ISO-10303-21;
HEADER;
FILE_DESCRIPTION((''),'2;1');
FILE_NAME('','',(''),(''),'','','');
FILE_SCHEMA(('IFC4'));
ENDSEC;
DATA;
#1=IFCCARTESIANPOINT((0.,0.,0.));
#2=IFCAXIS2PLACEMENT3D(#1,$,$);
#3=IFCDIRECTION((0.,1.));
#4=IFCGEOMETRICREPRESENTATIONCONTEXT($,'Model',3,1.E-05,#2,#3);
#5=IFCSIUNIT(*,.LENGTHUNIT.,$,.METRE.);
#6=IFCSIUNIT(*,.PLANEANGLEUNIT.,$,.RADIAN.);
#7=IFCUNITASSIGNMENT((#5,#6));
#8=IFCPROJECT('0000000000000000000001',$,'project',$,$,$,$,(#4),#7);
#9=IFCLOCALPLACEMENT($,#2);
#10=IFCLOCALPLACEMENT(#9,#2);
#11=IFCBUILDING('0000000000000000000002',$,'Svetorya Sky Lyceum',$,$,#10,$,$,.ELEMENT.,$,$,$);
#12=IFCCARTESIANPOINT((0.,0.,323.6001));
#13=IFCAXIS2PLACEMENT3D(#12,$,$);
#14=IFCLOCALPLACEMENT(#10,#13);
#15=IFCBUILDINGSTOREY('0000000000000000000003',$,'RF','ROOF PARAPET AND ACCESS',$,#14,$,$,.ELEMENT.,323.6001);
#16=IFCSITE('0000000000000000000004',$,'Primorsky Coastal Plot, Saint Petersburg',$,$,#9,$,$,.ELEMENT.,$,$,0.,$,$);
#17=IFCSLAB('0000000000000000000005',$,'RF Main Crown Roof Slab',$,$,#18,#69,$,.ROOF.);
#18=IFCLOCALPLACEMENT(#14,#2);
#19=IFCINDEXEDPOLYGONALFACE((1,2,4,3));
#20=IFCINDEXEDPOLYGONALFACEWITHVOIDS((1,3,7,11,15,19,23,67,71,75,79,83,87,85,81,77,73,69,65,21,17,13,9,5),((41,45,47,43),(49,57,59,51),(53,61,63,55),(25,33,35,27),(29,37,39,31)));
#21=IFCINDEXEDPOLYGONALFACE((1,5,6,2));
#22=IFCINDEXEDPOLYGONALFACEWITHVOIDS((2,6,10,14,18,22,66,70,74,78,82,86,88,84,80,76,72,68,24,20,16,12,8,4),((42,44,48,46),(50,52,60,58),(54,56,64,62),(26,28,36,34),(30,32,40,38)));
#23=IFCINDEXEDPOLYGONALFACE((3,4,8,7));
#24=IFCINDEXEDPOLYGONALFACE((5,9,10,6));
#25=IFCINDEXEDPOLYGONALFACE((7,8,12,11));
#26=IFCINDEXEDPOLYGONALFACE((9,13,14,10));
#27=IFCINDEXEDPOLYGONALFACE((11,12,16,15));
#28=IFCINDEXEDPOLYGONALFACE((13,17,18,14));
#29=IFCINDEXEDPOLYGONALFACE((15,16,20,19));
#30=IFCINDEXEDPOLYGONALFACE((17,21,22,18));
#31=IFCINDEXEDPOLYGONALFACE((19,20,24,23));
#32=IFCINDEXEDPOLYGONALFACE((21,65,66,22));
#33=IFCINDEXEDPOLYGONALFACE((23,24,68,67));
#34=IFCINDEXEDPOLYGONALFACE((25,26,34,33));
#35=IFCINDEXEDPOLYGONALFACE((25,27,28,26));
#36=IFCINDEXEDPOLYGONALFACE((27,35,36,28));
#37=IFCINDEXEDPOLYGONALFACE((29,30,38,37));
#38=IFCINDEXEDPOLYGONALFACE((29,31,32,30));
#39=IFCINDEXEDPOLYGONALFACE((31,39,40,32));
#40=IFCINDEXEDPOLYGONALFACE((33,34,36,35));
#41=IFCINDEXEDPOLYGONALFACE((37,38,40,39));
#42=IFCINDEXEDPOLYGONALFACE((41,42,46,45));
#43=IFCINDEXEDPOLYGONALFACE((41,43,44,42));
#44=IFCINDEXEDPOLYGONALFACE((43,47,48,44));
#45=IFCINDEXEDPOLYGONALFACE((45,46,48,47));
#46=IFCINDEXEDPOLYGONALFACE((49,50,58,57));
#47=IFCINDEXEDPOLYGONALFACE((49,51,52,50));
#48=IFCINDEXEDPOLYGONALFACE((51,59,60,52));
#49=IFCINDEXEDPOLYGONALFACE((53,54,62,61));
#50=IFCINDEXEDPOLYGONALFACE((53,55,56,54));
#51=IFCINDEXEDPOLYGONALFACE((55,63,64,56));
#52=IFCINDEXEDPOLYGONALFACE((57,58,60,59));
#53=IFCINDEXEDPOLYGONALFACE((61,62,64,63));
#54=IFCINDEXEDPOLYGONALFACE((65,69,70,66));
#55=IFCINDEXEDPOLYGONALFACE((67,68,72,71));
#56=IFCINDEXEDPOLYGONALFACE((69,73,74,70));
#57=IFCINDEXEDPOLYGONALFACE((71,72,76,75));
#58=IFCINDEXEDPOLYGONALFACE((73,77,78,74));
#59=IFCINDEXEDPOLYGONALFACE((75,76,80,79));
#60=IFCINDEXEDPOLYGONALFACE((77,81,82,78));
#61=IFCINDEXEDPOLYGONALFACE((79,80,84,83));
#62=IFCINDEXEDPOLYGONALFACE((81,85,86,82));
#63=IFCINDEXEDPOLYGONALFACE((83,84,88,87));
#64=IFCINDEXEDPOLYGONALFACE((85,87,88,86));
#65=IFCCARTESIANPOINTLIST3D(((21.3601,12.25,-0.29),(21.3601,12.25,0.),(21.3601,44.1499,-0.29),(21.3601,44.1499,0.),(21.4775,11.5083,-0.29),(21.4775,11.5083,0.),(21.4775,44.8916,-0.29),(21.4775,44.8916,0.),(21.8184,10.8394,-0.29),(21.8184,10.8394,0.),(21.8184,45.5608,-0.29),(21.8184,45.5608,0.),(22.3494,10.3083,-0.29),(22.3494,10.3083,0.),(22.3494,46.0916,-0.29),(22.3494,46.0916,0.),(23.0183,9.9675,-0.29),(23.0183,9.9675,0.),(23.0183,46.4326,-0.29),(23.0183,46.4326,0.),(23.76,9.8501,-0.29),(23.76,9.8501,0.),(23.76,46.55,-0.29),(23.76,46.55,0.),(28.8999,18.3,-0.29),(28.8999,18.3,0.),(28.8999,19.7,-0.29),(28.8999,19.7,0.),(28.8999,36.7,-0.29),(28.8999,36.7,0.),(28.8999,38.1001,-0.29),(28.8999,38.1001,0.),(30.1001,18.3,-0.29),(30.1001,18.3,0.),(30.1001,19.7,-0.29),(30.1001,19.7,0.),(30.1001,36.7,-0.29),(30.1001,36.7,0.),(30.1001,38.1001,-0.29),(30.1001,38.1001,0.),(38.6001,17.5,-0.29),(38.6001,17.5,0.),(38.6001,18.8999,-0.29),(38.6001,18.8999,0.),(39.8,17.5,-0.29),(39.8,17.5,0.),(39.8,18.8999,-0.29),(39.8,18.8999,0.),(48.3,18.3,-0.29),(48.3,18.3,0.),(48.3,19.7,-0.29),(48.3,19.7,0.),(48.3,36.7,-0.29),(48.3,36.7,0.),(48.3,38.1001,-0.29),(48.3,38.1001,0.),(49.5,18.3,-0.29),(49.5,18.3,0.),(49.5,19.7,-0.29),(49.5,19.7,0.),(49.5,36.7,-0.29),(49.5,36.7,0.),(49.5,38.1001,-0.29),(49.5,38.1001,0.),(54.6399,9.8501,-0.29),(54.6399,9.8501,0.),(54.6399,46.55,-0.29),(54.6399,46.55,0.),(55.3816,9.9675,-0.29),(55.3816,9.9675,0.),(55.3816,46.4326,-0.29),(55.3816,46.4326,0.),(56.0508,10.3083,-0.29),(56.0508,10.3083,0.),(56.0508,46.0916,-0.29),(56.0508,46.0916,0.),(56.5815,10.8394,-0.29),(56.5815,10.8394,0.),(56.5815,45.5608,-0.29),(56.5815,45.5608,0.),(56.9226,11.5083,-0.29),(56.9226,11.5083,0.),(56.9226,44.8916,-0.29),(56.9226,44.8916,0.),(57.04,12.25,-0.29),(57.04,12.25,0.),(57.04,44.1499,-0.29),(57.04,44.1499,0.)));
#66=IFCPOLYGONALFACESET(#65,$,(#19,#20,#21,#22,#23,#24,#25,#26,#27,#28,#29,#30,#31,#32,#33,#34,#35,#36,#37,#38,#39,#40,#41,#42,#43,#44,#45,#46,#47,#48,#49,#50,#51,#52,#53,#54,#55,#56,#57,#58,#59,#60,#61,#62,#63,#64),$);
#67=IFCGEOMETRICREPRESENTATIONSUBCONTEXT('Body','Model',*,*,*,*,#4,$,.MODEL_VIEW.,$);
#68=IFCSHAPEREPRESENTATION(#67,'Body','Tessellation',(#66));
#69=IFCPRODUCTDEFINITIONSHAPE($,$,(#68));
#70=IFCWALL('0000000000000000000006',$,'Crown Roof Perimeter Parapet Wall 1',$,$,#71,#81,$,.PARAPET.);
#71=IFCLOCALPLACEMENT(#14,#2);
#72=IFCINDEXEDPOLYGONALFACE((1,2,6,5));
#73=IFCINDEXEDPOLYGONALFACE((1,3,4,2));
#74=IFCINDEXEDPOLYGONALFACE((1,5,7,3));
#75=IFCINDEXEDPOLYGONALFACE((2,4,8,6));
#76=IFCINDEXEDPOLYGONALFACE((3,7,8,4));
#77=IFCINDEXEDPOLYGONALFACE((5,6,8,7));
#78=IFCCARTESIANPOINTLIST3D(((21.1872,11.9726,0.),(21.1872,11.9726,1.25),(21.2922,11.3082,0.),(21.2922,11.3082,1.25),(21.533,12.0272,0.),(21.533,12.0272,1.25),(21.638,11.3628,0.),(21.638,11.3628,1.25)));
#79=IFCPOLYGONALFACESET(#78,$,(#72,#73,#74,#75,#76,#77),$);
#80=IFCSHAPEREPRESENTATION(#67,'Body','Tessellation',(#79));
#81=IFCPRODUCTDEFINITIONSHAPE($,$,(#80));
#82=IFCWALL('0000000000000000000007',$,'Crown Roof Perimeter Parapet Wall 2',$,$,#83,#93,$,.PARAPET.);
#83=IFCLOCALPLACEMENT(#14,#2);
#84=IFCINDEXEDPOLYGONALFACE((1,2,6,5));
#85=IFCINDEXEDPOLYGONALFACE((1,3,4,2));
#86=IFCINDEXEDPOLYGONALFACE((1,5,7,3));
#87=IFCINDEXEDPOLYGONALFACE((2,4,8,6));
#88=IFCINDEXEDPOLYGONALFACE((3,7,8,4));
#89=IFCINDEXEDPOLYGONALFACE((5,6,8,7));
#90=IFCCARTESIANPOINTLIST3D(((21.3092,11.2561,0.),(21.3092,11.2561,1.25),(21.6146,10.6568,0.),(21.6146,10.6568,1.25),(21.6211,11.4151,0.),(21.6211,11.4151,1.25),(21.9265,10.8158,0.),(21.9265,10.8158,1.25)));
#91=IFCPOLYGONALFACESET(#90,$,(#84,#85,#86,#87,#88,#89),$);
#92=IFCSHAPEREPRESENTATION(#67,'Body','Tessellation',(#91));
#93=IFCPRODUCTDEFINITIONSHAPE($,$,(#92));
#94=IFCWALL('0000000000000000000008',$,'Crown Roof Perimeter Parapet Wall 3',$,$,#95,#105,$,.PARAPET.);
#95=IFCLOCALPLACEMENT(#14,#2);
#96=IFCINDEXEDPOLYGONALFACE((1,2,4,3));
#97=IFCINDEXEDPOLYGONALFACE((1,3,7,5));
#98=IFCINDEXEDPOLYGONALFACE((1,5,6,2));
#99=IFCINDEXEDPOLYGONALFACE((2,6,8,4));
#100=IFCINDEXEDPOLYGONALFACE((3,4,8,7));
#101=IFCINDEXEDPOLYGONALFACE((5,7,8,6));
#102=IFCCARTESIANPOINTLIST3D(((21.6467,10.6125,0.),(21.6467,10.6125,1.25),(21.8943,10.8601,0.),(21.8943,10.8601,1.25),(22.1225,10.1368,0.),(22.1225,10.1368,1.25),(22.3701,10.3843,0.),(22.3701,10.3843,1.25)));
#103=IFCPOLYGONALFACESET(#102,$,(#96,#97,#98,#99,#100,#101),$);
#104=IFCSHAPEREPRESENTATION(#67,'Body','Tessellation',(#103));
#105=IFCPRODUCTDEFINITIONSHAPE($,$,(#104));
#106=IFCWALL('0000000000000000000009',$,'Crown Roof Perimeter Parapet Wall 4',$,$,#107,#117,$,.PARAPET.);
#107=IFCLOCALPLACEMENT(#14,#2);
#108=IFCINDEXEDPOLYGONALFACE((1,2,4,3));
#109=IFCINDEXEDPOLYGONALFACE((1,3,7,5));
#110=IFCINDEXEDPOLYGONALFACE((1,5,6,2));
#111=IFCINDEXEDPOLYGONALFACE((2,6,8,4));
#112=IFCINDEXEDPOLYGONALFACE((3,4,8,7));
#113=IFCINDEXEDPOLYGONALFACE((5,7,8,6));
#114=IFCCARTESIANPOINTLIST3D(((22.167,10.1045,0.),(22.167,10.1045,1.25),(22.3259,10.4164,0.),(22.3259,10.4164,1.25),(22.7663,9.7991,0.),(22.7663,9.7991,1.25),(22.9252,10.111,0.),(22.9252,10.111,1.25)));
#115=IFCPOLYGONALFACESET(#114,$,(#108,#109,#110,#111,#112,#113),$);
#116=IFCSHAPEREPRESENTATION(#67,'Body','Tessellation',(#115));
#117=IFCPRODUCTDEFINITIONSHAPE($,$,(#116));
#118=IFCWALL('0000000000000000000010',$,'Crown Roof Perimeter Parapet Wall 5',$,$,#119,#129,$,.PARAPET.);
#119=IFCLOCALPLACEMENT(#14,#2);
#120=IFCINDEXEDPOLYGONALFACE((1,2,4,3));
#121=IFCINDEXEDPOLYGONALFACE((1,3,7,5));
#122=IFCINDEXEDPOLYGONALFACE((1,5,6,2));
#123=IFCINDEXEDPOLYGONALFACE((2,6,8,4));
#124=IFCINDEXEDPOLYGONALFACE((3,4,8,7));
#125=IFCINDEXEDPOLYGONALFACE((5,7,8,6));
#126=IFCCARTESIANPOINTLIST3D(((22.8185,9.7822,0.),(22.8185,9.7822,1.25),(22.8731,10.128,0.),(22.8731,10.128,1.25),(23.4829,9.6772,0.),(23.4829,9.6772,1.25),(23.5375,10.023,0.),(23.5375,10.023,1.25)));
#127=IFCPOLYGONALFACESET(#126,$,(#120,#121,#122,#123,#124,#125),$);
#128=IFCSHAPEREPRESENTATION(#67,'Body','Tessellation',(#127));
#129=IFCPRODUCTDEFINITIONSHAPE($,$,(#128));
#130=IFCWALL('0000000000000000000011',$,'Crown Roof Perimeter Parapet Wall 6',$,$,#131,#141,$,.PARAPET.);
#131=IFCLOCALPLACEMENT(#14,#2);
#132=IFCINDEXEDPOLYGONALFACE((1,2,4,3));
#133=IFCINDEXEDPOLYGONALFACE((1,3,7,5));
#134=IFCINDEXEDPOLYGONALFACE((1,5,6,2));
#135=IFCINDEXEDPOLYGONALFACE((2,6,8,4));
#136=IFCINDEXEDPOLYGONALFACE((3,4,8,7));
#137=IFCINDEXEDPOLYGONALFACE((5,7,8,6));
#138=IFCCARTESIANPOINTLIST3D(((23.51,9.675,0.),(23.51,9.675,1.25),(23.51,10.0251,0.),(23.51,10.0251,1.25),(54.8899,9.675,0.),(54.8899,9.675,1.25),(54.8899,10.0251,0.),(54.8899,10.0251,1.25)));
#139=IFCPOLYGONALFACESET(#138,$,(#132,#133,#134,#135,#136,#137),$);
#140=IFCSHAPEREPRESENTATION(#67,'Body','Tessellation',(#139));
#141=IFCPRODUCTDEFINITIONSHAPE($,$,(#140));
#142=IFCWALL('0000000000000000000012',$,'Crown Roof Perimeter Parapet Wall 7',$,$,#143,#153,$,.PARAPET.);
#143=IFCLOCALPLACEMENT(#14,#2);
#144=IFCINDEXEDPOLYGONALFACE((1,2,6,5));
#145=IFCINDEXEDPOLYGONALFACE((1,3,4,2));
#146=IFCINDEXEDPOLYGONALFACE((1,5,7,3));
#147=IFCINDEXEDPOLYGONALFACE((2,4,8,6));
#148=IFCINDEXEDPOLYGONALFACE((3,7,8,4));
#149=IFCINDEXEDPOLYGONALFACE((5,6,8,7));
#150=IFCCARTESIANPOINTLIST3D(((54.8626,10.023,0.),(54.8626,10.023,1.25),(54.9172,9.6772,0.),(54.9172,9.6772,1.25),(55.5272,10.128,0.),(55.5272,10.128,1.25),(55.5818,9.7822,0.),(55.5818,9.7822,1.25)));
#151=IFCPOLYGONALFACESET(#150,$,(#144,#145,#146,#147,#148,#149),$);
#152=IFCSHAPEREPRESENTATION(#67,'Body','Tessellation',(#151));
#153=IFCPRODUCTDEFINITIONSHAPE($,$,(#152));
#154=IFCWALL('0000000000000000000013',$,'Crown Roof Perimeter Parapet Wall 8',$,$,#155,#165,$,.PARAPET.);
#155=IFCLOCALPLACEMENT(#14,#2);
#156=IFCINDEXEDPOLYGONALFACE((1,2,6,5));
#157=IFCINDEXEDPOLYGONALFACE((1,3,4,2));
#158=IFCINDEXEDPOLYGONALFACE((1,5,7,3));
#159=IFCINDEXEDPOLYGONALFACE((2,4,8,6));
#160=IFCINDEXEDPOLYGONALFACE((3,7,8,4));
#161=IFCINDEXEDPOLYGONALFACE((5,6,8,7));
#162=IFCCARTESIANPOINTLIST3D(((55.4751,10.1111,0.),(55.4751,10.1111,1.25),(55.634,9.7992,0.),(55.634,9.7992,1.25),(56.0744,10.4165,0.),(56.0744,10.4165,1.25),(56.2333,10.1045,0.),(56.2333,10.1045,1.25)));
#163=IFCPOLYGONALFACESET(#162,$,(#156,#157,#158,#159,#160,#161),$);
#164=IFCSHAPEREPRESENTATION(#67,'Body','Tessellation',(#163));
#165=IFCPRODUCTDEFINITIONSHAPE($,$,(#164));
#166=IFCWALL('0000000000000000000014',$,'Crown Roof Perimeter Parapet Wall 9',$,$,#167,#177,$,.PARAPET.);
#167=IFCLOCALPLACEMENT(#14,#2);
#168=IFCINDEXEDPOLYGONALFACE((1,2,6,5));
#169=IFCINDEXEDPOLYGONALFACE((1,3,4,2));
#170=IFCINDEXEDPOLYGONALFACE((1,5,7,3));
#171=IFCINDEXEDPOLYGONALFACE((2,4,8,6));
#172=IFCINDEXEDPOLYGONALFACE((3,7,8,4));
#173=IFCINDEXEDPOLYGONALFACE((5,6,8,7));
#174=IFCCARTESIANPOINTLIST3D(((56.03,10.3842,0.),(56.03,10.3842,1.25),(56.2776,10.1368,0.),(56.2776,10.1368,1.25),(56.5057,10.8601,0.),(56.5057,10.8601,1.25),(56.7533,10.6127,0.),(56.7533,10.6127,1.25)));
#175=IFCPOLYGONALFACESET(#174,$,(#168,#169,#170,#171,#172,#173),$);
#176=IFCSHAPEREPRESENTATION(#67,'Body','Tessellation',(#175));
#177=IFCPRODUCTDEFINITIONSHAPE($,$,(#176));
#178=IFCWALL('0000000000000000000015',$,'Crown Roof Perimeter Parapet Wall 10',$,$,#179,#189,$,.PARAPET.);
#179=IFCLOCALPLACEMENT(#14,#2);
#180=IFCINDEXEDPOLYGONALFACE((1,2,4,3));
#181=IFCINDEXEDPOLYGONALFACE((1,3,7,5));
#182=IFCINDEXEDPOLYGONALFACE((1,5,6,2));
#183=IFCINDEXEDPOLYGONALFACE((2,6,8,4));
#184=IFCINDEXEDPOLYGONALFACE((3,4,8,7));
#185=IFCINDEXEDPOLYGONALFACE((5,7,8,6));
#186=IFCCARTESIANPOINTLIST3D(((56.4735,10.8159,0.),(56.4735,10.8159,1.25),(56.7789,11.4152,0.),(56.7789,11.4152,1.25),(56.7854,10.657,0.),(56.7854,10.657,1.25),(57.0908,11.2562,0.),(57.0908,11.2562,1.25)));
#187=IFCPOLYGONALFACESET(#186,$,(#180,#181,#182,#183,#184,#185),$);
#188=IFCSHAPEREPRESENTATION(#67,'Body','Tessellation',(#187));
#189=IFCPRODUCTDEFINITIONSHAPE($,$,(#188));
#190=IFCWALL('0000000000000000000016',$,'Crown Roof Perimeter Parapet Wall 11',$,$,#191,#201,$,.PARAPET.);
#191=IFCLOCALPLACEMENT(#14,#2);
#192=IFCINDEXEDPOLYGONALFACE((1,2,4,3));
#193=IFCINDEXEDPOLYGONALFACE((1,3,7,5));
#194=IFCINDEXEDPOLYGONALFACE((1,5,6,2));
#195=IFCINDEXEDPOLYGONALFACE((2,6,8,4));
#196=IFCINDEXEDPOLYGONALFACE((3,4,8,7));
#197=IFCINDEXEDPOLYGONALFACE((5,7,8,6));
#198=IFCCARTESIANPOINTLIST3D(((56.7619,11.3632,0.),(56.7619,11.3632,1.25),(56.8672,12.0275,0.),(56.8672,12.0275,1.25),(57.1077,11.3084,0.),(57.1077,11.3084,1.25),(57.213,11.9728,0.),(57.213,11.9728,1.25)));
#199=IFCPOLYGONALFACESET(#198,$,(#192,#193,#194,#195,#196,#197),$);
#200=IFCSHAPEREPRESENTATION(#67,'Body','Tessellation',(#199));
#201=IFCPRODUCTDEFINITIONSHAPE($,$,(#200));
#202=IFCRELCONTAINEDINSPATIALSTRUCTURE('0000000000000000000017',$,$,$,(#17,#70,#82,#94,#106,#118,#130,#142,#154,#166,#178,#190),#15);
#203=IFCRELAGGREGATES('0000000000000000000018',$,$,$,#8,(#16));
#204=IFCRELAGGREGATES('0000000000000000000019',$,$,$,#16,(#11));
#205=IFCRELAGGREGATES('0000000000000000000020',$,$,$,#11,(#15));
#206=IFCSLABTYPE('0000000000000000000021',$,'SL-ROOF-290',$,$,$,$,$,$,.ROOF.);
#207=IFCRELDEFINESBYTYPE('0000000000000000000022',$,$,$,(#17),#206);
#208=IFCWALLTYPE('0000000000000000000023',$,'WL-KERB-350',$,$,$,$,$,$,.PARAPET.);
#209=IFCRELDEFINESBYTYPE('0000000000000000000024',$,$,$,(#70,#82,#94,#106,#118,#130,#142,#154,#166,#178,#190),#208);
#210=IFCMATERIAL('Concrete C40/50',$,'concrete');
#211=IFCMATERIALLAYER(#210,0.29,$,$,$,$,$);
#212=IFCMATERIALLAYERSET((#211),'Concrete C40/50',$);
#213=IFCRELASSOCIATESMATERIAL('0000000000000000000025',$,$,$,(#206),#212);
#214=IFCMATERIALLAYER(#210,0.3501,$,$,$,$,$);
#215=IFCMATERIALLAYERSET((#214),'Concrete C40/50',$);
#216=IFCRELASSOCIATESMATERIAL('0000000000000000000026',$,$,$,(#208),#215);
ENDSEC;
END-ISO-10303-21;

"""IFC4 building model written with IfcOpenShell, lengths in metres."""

from ifc_helpers import new_model, si_unit, direction, frame, frame_2d, origin, place, context, subcontext, project, spatial, polyline, rectangle, outline, extrude, material, layer, layer_set, type_object, element, save


model = new_model("IFC4")

# Units and contexts
model_context = context("Model", 3, precision=1e-05, world=origin(), true_north=direction((0.0, 1.0)))
body_context = subcontext(model_context, "Body", "Model", "MODEL_VIEW")
ifc_project = project(units=[si_unit("LENGTHUNIT", "METRE"), si_unit("PLANEANGLEUNIT", "RADIAN")], contexts=[model_context])

# Site, building, storey
site_placement = place(None, origin())
site = spatial("IfcSite", under=ifc_project, at=site_placement, Name="Primorsky Coastal Plot, Saint Petersburg", CompositionType="ELEMENT", RefElevation=0.0)
building_placement = place(site_placement, origin())
building = spatial("IfcBuilding", under=site, at=building_placement, Name="Svetorya Sky Lyceum", CompositionType="ELEMENT")
storey_placement = place(building_placement, frame((0.0, 0.0, 323.6001)))
storey = spatial("IfcBuildingStorey", under=building, at=storey_placement, Name="RF", Description="ROOF PARAPET AND ACCESS", CompositionType="ELEMENT", Elevation=323.6001)

# Slab
ifc_material_1 = material(Name="Concrete C40/50", Category="concrete")
ifc_layer_1 = layer(ifc_material_1, 0.29)
ifc_layer_set_1 = layer_set([ifc_layer_1], Name="Concrete C40/50")
slab_type = type_object("IfcSlabType", Name="SL-ROOF-290", PredefinedType="ROOF", material=ifc_layer_set_1)
slab_placement = place(storey_placement, frame((0.0, 0.0, -0.29)))
element("IfcSlab", 1, at=slab_placement, inside=storey, type_object=slab_type, Name="RF Main Crown Roof Slab", PredefinedType="ROOF", context=body_context, shape_type="SweptSolid", body=[
    extrude(outline(polyline([(21.3601, 12.25), (21.4775, 11.5083), (21.8184, 10.8394), (22.3494, 10.3083), (23.0183, 9.9675), (23.76, 9.8501), (54.6399, 9.8501), (55.3816, 9.9675), (56.0508, 10.3083), (56.5815, 10.8394), (56.9226, 11.5083), (57.04, 12.25), (57.04, 44.1499), (56.9226, 44.8916), (56.5815, 45.5608), (56.0508, 46.0916), (55.3816, 46.4326), (54.6399, 46.55), (23.76, 46.55), (23.0183, 46.4326), (22.3494, 46.0916), (21.8184, 45.5608), (21.4775, 44.8916), (21.3601, 44.1499), (21.3601, 12.25)]), holes=[polyline([(39.8, 18.8999), (39.8, 17.5), (38.6001, 17.5), (38.6001, 18.8999), (39.8, 18.8999)]), polyline([(30.1001, 19.7), (30.1001, 18.3), (28.8999, 18.3), (28.8999, 19.7), (30.1001, 19.7)]), polyline([(49.5, 19.7), (49.5, 18.3), (48.3, 18.3), (48.3, 19.7), (49.5, 19.7)]), polyline([(30.1001, 36.7), (28.8999, 36.7), (28.8999, 38.1001), (30.1001, 38.1001), (30.1001, 36.7)]), polyline([(49.5, 36.7), (48.3, 36.7), (48.3, 38.1001), (49.5, 38.1001), (49.5, 36.7)])]), origin(), (0.0, 0.0, 1.0), 0.29),
])

# Walls
ifc_layer_2 = layer(ifc_material_1, 0.3501)
ifc_layer_set_2 = layer_set([ifc_layer_2], Name="Concrete C40/50")
wall_type = type_object("IfcWallType", Name="WL-KERB-350", PredefinedType="PARAPET", material=ifc_layer_set_2)
for number, where, z_axis, x_axis, name in (
    (2, (21.3601, 12.0, 0.0), (0.0, 0.0, 1.0), (0.156093, -0.987742, 0.0), "Crown Roof Perimeter Parapet Wall 1"),
    (3, (21.4651, 11.3357, 0.0), (0.0, 0.0, 1.0), (0.454024, -0.89099, 0.0), "Crown Roof Perimeter Parapet Wall 2"),
):
    element("IfcWall", number, at=place(storey_placement, frame(where, z_axis=z_axis, x_axis=x_axis)), inside=storey, type_object=wall_type, Name=name, PredefinedType="PARAPET", context=body_context, shape_type="SweptSolid", body=[
        extrude(rectangle(XDim=0.6726, YDim=0.3501, at=frame_2d((0.3364, 0.0))), origin(), (0.0, 0.0, 1.0), 1.25),
    ])
wall_1_placement = place(storey_placement, frame((21.7705, 10.7363, 0.0), z_axis=(0.0, 0.0, 1.0), x_axis=(0.707107, -0.707107, 0.0)))
element("IfcWall", 4, at=wall_1_placement, inside=storey, type_object=wall_type, Name="Crown Roof Perimeter Parapet Wall 3", PredefinedType="PARAPET", context=body_context, shape_type="SweptSolid", body=[
    extrude(rectangle(XDim=0.6729, YDim=0.3501, at=frame_2d((0.3364, 0.0))), origin(), (0.0, 0.0, 1.0), 1.25),
])
for number, where, z_axis, x_axis, name in (
    (5, (22.2463, 10.2605, 0.0), (0.0, 0.0, 1.0), (0.89099, -0.454024, 0.0), "Crown Roof Perimeter Parapet Wall 4"),
    (6, (22.8457, 9.9551, 0.0), (0.0, 0.0, 1.0), (0.987742, -0.156093, 0.0), "Crown Roof Perimeter Parapet Wall 5"),
):
    element("IfcWall", number, at=place(storey_placement, frame(where, z_axis=z_axis, x_axis=x_axis)), inside=storey, type_object=wall_type, Name=name, PredefinedType="PARAPET", context=body_context, shape_type="SweptSolid", body=[
        extrude(rectangle(XDim=0.6726, YDim=0.3501, at=frame_2d((0.3364, 0.0))), origin(), (0.0, 0.0, 1.0), 1.25),
    ])
wall_2_placement = place(storey_placement, frame((23.51, 9.8501, 0.0), z_axis=(0.0, 0.0, 1.0), x_axis=(1.0, 0.0, 0.0)))
element("IfcWall", 7, at=wall_2_placement, inside=storey, type_object=wall_type, Name="Crown Roof Perimeter Parapet Wall 6", PredefinedType="PARAPET", context=body_context, shape_type="SweptSolid", body=[
    extrude(rectangle(XDim=31.3799, YDim=0.3501, at=frame_2d((15.6899, 0.0))), origin(), (0.0, 0.0, 1.0), 1.25),
])
wall_3_placement = place(storey_placement, frame((54.8899, 9.8501, 0.0), z_axis=(0.0, 0.0, 1.0), x_axis=(0.987751, 0.156037, 0.0)))
element("IfcWall", 8, at=wall_3_placement, inside=storey, type_object=wall_type, Name="Crown Roof Perimeter Parapet Wall 7", PredefinedType="PARAPET", context=body_context, shape_type="SweptSolid", body=[
    extrude(rectangle(XDim=0.6729, YDim=0.3501, at=frame_2d((0.3364, 0.0))), origin(), (0.0, 0.0, 1.0), 1.25),
])
wall_4_placement = place(storey_placement, frame((55.5544, 9.9551, 0.0), z_axis=(0.0, 0.0, 1.0), x_axis=(0.89099, 0.454024, 0.0)))
element("IfcWall", 9, at=wall_4_placement, inside=storey, type_object=wall_type, Name="Crown Roof Perimeter Parapet Wall 8", PredefinedType="PARAPET", context=body_context, shape_type="SweptSolid", body=[
    extrude(rectangle(XDim=0.6726, YDim=0.3501, at=frame_2d((0.3364, 0.0))), origin(), (0.0, 0.0, 1.0), 1.25),
])
wall_5_placement = place(storey_placement, frame((56.1538, 10.2605, 0.0), z_axis=(0.0, 0.0, 1.0), x_axis=(0.706925, 0.707288, 0.0)))
element("IfcWall", 10, at=wall_5_placement, inside=storey, type_object=wall_type, Name="Crown Roof Perimeter Parapet Wall 9", PredefinedType="PARAPET", context=body_context, shape_type="SweptSolid", body=[
    extrude(rectangle(XDim=0.6729, YDim=0.3501, at=frame_2d((0.3364, 0.0))), origin(), (0.0, 0.0, 1.0), 1.25),
])
for number, where, z_axis, x_axis, name in (
    (11, (56.6294, 10.7363, 0.0), (0.0, 0.0, 1.0), (0.454024, 0.89099, 0.0), "Crown Roof Perimeter Parapet Wall 10"),
    (12, (56.9348, 11.3357, 0.0), (0.0, 0.0, 1.0), (0.156447, 0.987686, 0.0), "Crown Roof Perimeter Parapet Wall 11"),
):
    element("IfcWall", number, at=place(storey_placement, frame(where, z_axis=z_axis, x_axis=x_axis)), inside=storey, type_object=wall_type, Name=name, PredefinedType="PARAPET", context=body_context, shape_type="SweptSolid", body=[
        extrude(rectangle(XDim=0.6726, YDim=0.3501, at=frame_2d((0.3364, 0.0))), origin(), (0.0, 0.0, 1.0), 1.25),
    ])

save(model, "model.ifc")
